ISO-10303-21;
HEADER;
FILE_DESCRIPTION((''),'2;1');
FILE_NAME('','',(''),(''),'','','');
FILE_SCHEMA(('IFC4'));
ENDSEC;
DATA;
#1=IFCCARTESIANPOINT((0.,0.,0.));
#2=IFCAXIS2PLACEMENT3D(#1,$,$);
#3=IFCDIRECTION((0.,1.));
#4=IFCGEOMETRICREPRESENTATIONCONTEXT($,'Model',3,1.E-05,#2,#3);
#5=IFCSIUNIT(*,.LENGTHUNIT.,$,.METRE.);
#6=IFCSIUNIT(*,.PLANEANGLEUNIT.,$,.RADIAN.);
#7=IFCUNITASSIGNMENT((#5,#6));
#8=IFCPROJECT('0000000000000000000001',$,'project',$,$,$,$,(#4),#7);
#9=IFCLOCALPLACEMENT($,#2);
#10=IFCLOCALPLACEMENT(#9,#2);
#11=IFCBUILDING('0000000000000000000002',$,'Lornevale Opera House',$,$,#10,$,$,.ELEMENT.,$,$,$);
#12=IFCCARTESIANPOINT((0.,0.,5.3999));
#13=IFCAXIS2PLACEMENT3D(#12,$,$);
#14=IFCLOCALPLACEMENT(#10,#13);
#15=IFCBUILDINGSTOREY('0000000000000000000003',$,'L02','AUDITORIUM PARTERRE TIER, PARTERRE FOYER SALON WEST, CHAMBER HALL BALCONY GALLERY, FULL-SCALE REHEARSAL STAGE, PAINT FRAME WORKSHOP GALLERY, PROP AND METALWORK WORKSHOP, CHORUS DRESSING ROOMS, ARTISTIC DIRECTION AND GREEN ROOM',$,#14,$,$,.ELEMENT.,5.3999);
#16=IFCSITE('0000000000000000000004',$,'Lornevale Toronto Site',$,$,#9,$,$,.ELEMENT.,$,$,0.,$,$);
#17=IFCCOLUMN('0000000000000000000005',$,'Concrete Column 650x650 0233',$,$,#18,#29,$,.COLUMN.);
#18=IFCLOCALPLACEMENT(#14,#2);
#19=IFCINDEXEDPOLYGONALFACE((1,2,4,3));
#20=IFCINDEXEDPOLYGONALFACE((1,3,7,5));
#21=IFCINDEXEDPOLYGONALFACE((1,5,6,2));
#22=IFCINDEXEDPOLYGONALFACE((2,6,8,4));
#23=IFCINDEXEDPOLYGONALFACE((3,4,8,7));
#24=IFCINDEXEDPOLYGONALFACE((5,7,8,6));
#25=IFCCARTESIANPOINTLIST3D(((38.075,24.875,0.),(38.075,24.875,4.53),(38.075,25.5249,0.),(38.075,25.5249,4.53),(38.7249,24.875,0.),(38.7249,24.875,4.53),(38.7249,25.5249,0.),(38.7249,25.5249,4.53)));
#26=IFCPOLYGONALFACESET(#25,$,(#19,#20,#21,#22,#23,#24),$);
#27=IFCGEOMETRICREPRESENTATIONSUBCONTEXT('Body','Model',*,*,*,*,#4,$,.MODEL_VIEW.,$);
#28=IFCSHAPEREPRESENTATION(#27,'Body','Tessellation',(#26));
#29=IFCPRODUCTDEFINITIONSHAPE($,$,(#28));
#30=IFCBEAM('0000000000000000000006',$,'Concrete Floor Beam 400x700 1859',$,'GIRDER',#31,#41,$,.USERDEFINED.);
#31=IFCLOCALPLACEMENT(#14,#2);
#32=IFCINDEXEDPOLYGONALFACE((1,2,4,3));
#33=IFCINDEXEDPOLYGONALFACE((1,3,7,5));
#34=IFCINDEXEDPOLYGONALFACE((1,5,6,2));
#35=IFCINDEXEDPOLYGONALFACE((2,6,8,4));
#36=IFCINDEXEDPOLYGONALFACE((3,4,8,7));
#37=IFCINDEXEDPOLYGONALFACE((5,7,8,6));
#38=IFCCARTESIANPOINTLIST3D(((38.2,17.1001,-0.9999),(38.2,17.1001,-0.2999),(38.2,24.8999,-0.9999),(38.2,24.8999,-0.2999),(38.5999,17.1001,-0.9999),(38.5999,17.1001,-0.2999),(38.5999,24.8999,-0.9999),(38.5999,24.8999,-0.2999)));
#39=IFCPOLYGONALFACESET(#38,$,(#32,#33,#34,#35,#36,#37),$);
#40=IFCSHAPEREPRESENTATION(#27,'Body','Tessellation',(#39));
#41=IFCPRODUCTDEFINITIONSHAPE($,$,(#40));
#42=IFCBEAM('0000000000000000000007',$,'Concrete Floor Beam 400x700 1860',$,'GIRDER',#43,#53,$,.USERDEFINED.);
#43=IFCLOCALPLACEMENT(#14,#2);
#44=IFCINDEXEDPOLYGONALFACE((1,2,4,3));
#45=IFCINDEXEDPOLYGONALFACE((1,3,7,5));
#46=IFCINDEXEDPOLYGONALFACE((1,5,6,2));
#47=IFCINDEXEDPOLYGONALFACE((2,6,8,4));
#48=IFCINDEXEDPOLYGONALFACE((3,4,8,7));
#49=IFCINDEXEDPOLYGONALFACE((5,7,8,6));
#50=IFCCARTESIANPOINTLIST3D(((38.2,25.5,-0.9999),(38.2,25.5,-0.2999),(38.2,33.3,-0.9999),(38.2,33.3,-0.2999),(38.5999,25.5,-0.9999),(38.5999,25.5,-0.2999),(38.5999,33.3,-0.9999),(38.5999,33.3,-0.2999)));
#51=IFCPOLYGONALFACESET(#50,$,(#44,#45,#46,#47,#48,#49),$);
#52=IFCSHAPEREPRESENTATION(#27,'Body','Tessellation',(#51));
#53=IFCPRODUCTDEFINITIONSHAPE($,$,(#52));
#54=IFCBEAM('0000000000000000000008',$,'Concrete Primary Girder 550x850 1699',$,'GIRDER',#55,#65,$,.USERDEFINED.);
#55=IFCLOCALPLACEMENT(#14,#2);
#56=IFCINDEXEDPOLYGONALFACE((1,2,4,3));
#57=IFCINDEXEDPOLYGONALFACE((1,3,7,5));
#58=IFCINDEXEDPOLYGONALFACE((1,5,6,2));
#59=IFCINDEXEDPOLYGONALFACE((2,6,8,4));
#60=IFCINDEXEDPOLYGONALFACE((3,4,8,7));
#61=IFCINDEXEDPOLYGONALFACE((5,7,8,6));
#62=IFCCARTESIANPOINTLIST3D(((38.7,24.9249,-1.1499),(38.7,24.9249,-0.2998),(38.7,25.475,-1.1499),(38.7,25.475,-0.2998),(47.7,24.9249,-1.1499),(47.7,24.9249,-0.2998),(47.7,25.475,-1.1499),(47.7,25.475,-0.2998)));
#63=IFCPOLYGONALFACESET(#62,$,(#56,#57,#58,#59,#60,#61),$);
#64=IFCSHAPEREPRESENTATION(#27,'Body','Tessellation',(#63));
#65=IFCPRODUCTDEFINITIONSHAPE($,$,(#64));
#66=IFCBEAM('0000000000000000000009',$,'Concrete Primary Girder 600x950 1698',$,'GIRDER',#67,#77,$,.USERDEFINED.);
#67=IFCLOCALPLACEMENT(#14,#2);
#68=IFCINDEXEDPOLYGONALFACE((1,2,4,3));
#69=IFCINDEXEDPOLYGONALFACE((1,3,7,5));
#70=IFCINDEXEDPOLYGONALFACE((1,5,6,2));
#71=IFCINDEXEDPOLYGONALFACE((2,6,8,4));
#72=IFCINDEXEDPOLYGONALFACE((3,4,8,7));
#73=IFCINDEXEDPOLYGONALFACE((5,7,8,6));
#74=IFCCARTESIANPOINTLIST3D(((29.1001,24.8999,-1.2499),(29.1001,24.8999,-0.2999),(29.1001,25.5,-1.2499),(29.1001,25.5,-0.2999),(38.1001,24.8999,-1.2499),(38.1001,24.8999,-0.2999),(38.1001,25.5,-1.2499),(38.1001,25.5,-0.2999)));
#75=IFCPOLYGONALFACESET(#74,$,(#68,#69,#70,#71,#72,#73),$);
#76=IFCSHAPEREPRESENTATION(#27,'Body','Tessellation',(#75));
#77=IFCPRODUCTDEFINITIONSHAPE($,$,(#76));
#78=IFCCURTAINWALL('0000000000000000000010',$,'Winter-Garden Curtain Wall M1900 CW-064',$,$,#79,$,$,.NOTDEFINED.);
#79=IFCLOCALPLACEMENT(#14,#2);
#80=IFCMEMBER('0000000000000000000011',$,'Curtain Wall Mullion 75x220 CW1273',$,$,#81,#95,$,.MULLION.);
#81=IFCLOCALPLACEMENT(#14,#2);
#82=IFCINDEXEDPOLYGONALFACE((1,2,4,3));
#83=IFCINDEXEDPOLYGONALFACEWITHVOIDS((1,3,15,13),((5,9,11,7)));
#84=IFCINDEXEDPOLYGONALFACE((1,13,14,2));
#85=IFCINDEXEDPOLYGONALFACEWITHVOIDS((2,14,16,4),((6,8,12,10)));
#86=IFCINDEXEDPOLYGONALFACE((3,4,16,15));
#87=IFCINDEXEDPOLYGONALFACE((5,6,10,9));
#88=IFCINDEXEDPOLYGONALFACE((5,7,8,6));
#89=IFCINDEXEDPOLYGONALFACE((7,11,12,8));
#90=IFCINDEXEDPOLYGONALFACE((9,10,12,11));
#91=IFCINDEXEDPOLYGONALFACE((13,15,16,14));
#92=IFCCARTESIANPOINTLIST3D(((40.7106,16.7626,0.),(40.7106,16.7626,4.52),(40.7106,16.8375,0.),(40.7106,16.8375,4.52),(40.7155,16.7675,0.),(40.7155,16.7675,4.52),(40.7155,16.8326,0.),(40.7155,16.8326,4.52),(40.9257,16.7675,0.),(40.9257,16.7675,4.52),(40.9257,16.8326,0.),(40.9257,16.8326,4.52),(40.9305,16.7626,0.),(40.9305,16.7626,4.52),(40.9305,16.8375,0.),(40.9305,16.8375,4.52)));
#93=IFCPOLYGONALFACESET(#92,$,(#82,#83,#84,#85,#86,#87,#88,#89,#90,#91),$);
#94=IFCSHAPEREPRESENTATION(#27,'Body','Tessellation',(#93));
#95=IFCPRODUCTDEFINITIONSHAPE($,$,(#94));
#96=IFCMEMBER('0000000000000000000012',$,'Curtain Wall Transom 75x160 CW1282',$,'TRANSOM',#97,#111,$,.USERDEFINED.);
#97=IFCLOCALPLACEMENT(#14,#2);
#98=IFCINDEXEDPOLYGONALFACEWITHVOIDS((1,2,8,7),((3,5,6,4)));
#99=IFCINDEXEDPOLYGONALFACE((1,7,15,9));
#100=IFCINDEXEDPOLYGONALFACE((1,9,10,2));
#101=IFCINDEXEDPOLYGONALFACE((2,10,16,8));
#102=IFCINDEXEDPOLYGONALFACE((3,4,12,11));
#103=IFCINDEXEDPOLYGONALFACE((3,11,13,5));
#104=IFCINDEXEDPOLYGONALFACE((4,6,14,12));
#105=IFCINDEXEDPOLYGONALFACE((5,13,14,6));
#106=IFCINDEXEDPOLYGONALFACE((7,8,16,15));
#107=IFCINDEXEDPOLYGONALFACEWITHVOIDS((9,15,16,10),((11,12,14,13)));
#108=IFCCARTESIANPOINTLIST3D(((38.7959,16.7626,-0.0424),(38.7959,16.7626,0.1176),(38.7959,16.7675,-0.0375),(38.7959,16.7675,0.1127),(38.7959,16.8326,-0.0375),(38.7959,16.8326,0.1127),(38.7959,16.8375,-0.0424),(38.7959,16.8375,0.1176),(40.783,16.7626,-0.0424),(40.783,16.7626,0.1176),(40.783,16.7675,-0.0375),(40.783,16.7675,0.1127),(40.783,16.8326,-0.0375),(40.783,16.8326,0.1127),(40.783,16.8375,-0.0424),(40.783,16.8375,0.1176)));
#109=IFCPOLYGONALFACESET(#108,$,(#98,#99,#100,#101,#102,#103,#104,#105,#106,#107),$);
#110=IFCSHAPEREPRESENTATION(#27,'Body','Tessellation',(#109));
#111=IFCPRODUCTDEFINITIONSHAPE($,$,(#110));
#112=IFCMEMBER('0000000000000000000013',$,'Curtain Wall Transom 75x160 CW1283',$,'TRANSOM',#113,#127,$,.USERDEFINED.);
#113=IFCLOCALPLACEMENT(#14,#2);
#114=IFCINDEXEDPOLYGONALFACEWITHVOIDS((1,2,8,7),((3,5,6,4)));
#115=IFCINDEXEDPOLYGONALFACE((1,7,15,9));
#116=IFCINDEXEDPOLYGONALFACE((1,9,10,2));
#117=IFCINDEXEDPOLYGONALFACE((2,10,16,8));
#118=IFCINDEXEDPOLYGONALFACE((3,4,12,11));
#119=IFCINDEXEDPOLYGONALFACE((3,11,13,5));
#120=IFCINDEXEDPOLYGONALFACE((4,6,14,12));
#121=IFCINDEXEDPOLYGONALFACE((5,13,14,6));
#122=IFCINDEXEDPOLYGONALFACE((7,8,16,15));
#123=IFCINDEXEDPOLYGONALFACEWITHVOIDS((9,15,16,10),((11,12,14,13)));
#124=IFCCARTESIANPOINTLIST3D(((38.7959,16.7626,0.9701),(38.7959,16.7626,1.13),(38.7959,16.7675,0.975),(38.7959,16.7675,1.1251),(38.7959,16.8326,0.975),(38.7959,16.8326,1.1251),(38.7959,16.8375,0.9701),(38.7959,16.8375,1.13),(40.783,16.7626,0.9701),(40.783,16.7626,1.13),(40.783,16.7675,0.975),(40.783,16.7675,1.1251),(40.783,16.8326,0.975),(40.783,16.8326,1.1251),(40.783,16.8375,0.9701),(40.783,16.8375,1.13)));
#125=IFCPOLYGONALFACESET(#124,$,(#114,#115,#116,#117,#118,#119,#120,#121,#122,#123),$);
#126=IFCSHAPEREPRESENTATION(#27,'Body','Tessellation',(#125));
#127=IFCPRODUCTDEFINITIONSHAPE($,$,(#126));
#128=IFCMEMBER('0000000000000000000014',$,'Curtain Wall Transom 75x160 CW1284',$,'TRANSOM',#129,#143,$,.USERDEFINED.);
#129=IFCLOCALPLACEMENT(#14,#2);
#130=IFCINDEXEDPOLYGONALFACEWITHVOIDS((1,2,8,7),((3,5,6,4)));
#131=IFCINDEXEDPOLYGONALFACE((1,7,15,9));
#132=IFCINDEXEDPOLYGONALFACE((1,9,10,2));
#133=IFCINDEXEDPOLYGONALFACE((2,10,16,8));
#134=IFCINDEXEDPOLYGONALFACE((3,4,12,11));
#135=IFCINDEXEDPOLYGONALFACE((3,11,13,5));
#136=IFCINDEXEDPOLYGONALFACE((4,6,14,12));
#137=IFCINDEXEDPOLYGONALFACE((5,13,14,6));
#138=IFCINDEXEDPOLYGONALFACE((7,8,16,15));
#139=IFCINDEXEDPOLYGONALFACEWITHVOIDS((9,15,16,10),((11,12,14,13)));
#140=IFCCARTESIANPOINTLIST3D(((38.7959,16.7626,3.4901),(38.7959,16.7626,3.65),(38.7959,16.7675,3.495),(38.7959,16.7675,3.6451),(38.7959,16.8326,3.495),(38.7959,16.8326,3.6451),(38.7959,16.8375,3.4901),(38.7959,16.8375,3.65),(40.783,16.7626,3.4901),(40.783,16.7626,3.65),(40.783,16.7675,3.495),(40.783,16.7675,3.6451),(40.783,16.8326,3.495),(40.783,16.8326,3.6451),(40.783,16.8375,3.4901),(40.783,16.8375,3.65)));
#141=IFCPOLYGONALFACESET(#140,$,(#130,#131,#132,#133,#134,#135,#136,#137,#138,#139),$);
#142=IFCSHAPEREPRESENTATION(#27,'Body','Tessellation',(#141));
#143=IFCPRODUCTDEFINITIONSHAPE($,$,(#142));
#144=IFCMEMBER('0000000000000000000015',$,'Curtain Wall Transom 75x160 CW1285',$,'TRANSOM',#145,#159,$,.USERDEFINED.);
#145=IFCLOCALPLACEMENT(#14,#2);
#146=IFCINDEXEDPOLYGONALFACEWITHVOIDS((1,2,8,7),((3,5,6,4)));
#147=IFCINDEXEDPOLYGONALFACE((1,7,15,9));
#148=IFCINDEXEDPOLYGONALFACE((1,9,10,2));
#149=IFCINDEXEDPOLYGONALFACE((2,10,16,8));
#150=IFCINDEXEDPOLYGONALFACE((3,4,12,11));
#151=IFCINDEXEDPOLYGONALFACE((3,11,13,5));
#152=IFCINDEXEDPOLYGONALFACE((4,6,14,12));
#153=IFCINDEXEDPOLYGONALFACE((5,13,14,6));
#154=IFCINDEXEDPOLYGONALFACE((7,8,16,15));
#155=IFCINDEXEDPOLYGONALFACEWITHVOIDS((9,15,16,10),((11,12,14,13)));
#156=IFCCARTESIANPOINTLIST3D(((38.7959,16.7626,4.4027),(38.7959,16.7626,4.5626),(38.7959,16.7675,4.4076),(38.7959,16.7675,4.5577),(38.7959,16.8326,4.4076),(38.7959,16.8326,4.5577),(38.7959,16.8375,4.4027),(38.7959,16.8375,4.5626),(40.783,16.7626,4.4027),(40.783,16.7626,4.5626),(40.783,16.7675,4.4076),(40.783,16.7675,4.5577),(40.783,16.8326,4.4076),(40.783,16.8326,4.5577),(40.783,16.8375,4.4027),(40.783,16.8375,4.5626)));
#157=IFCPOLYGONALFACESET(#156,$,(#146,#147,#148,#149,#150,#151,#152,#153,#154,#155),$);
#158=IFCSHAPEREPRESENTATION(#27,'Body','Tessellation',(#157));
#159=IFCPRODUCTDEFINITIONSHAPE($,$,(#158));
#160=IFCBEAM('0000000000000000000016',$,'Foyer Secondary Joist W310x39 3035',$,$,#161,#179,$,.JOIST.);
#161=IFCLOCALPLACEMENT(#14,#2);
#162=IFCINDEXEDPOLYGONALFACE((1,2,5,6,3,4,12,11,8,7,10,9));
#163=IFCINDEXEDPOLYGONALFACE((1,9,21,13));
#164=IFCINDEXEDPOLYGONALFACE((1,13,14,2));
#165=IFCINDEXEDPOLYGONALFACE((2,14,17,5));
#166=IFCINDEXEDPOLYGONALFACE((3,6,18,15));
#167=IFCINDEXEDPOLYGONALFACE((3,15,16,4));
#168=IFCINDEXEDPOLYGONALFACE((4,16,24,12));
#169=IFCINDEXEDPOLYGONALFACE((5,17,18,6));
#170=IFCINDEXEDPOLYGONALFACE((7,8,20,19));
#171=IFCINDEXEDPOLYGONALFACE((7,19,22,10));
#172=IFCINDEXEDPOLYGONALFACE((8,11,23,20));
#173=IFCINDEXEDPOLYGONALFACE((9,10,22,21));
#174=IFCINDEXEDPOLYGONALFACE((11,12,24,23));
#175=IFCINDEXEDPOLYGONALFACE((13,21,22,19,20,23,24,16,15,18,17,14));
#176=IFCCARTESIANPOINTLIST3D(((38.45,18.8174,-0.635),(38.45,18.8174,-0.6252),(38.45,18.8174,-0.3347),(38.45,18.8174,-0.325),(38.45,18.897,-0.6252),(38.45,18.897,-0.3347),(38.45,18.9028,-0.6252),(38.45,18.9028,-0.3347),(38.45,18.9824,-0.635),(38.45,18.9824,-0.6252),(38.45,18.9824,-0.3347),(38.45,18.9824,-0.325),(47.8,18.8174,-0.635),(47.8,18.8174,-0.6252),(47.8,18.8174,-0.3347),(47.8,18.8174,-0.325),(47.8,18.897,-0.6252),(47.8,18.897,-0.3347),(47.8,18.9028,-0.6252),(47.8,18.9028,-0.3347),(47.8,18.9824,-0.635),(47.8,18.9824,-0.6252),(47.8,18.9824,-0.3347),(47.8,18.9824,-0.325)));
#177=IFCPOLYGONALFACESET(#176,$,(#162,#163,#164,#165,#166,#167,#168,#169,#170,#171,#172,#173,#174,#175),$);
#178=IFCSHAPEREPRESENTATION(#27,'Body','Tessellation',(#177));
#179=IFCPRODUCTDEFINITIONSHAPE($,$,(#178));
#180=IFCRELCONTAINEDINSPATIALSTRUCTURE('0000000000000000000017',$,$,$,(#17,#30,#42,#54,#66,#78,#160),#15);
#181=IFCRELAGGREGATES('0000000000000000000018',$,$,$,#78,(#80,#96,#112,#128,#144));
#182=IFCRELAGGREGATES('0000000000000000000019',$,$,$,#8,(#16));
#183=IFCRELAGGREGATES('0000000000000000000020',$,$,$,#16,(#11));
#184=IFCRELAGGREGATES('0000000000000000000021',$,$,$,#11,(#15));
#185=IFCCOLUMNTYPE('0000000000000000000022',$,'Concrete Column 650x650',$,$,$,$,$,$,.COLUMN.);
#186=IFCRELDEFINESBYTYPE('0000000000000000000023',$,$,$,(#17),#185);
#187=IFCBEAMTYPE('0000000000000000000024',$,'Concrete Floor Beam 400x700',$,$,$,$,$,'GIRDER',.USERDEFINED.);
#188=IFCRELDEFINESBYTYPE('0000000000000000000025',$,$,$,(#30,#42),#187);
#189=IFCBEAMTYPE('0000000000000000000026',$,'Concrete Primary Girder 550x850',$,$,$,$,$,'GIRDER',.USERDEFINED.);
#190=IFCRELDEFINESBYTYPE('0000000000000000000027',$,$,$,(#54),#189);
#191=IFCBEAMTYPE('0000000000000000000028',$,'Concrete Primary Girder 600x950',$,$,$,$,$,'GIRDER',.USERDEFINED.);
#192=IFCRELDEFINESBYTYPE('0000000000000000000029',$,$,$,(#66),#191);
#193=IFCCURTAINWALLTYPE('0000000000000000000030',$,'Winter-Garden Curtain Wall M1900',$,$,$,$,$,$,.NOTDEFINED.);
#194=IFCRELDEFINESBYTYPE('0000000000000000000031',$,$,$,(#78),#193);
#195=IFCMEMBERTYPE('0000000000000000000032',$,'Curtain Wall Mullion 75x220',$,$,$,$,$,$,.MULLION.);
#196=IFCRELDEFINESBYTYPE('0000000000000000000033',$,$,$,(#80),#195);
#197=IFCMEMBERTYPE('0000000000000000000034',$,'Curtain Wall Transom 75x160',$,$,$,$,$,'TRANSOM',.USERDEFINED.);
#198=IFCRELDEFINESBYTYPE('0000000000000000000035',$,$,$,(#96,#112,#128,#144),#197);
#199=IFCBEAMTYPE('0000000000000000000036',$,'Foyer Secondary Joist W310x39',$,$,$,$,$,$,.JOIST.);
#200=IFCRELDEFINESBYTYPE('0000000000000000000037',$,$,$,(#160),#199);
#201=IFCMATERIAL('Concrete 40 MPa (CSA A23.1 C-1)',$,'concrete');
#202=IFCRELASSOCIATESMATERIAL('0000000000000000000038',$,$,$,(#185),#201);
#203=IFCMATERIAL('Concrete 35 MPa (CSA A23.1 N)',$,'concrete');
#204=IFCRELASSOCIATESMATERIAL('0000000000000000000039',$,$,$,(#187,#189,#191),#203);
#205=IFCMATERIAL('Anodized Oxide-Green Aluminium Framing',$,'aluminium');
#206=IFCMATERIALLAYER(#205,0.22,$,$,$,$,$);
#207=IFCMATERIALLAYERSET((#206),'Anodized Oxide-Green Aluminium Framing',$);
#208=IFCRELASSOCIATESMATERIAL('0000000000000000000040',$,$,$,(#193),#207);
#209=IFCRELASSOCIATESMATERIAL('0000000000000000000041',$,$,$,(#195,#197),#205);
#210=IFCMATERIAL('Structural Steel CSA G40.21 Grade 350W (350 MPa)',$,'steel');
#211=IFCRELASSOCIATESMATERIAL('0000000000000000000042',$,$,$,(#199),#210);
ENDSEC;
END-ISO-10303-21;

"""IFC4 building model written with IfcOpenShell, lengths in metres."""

from ifc_helpers import new_model, si_unit, direction, frame, origin, origin_2d, place, context, subcontext, project, spatial, rectangle, hollow_rectangle, i_section, extrude, material, layer, layer_set, material_profile, profile_set, type_object, element, aggregate, save


model = new_model("IFC4")

# Units and contexts
model_context = context("Model", 3, precision=1e-05, world=origin(), true_north=direction((0.0, 1.0)))
body_context = subcontext(model_context, "Body", "Model", "MODEL_VIEW")
ifc_project = project(units=[si_unit("LENGTHUNIT", "METRE"), si_unit("PLANEANGLEUNIT", "RADIAN")], contexts=[model_context])

# Site, building, storey
site_placement = place(None, origin())
site = spatial("IfcSite", under=ifc_project, at=site_placement, Name="Lornevale Toronto Site", CompositionType="ELEMENT", RefElevation=0.0)
building_placement = place(site_placement, origin())
building = spatial("IfcBuilding", under=site, at=building_placement, Name="Lornevale Opera House", CompositionType="ELEMENT")
storey_placement = place(building_placement, frame((0.0, 0.0, 5.3999)))
storey = spatial("IfcBuildingStorey", under=building, at=storey_placement, Name="L02", Description="AUDITORIUM PARTERRE TIER, PARTERRE FOYER SALON WEST, CHAMBER HALL BALCONY GALLERY, FULL-SCALE REHEARSAL STAGE, PAINT FRAME WORKSHOP GALLERY, PROP AND METALWORK WORKSHOP, CHORUS DRESSING ROOMS, ARTISTIC DIRECTION AND GREEN ROOM", CompositionType="ELEMENT", Elevation=5.3999)

# Column
ifc_material_1 = material(Name="Concrete 40 MPa (CSA A23.1 C-1)", Category="concrete")
ifc_material_profile_1 = material_profile(ifc_material_1, rectangle(XDim=0.6499, YDim=0.6499, at=origin_2d()), Name="RC650x650")
ifc_profile_set_1 = profile_set([ifc_material_profile_1], Name="Concrete 40 MPa (CSA A23.1 C-1)")
column_type = type_object("IfcColumnType", Name="Concrete Column 650x650", PredefinedType="COLUMN", material=ifc_profile_set_1)
column_placement = place(storey_placement, frame((38.3999, 25.2, 0.0), z_axis=(0.0, 0.0, 1.0), x_axis=(1.0, 0.0, 0.0)))
element("IfcColumn", 1, at=column_placement, inside=storey, type_object=column_type, Name="Concrete Column 650x650 0233", PredefinedType="COLUMN", context=body_context, shape_type="SweptSolid", body=[
    extrude(rectangle(XDim=0.6499, YDim=0.6499, at=origin_2d()), origin(), (0.0, 0.0, 1.0), 4.53),
])

# Beams
ifc_material_2 = material(Name="Concrete 35 MPa (CSA A23.1 N)", Category="concrete")
ifc_material_profile_2 = material_profile(ifc_material_2, rectangle(XDim=0.3999, YDim=0.7, at=origin_2d()), Name="RC400x700")
ifc_profile_set_2 = profile_set([ifc_material_profile_2], Name="Concrete 35 MPa (CSA A23.1 N)")
beam_type_1 = type_object("IfcBeamType", Name="Concrete Floor Beam 400x700", ElementType="GIRDER", PredefinedType="USERDEFINED", material=ifc_profile_set_2)
beam_1_placement = place(storey_placement, frame((38.3999, 17.1001, -0.6499), z_axis=(0.0, 1.0, 0.0), x_axis=(-1.0, 0.0, 0.0)))
element("IfcBeam", 2, at=beam_1_placement, inside=storey, type_object=beam_type_1, Name="Concrete Floor Beam 400x700 1859", ObjectType="GIRDER", PredefinedType="USERDEFINED", context=body_context, shape_type="SweptSolid", body=[
    extrude(rectangle(XDim=0.3999, YDim=0.7, at=origin_2d()), origin(), (0.0, 0.0, 1.0), 7.7998),
])
beam_2_placement = place(storey_placement, frame((38.3999, 25.5, -0.6499), z_axis=(0.0, 1.0, 0.0), x_axis=(-1.0, 0.0, 0.0)))
element("IfcBeam", 3, at=beam_2_placement, inside=storey, type_object=beam_type_1, Name="Concrete Floor Beam 400x700 1860", ObjectType="GIRDER", PredefinedType="USERDEFINED", context=body_context, shape_type="SweptSolid", body=[
    extrude(rectangle(XDim=0.3999, YDim=0.7, at=origin_2d()), origin(), (0.0, 0.0, 1.0), 7.8),
])
ifc_material_profile_3 = material_profile(ifc_material_2, rectangle(XDim=0.55, YDim=0.8501, at=origin_2d()), Name="RC550x850")
ifc_profile_set_3 = profile_set([ifc_material_profile_3], Name="Concrete 35 MPa (CSA A23.1 N)")
beam_type_2 = type_object("IfcBeamType", Name="Concrete Primary Girder 550x850", ElementType="GIRDER", PredefinedType="USERDEFINED", material=ifc_profile_set_3)
beam_3_placement = place(storey_placement, frame((38.7, 25.2, -0.7249), z_axis=(1.0, 0.0, 0.0), x_axis=(0.0, 1.0, 0.0)))
element("IfcBeam", 4, at=beam_3_placement, inside=storey, type_object=beam_type_2, Name="Concrete Primary Girder 550x850 1699", ObjectType="GIRDER", PredefinedType="USERDEFINED", context=body_context, shape_type="SweptSolid", body=[
    extrude(rectangle(XDim=0.55, YDim=0.8501, at=origin_2d()), origin(), (0.0, 0.0, 1.0), 9.0),
])
ifc_material_profile_4 = material_profile(ifc_material_2, rectangle(XDim=0.6001, YDim=0.95, at=origin_2d()), Name="RC600x950")
ifc_profile_set_4 = profile_set([ifc_material_profile_4], Name="Concrete 35 MPa (CSA A23.1 N)")
beam_type_3 = type_object("IfcBeamType", Name="Concrete Primary Girder 600x950", ElementType="GIRDER", PredefinedType="USERDEFINED", material=ifc_profile_set_4)
beam_4_placement = place(storey_placement, frame((29.1001, 25.2, -0.7749), z_axis=(1.0, 0.0, 0.0), x_axis=(0.0, 1.0, 0.0)))
element("IfcBeam", 5, at=beam_4_placement, inside=storey, type_object=beam_type_3, Name="Concrete Primary Girder 600x950 1698", ObjectType="GIRDER", PredefinedType="USERDEFINED", context=body_context, shape_type="SweptSolid", body=[
    extrude(rectangle(XDim=0.6001, YDim=0.95, at=origin_2d()), origin(), (0.0, 0.0, 1.0), 9.0),
])

# Curtain wall, members
ifc_material_3 = material(Name="Anodized Oxide-Green Aluminium Framing", Category="aluminium")
ifc_layer_1 = layer(ifc_material_3, 0.22)
ifc_layer_set_1 = layer_set([ifc_layer_1], Name="Anodized Oxide-Green Aluminium Framing")
curtain_wall_type = type_object("IfcCurtainWallType", Name="Winter-Garden Curtain Wall M1900", PredefinedType="NOTDEFINED", material=ifc_layer_set_1)
curtain_wall_placement = place(storey_placement, origin())
curtain_wall = element("IfcCurtainWall", 6, at=curtain_wall_placement, inside=storey, type_object=curtain_wall_type, Name="Winter-Garden Curtain Wall M1900 CW-064", PredefinedType="NOTDEFINED")
ifc_material_profile_5 = material_profile(ifc_material_3, hollow_rectangle(XDim=0.075, YDim=0.22, WallThickness=0.0049, at=origin_2d()), Name="ALU75x220x5")
ifc_profile_set_5 = profile_set([ifc_material_profile_5], Name="Anodized Oxide-Green Aluminium Framing")
member_type_1 = type_object("IfcMemberType", Name="Curtain Wall Mullion 75x220", PredefinedType="MULLION", material=ifc_profile_set_5)
member_1_placement = place(storey_placement, frame((40.8206, 16.8, 0.0), z_axis=(0.0, 0.0, 1.0), x_axis=(0.0, -1.0, 0.0)))
member_1 = element("IfcMember", 7, at=member_1_placement, type_object=member_type_1, Name="Curtain Wall Mullion 75x220 CW1273", PredefinedType="MULLION", context=body_context, shape_type="SweptSolid", body=[
    extrude(hollow_rectangle(XDim=0.075, YDim=0.22, WallThickness=0.0049, at=origin_2d()), origin(), (0.0, 0.0, 1.0), 4.52),
])
ifc_material_profile_6 = material_profile(ifc_material_3, hollow_rectangle(XDim=0.075, YDim=0.1599, WallThickness=0.0049, at=origin_2d()), Name="ALU75x160x5")
ifc_profile_set_6 = profile_set([ifc_material_profile_6], Name="Anodized Oxide-Green Aluminium Framing")
member_type_2 = type_object("IfcMemberType", Name="Curtain Wall Transom 75x160", ElementType="TRANSOM", PredefinedType="USERDEFINED", material=ifc_profile_set_6)
member_2_placement = place(storey_placement, frame((40.783, 16.8, 0.0376), z_axis=(-1.0, 0.0, 0.0), x_axis=(0.0, -1.0, 0.0)))
member_2 = element("IfcMember", 8, at=member_2_placement, type_object=member_type_2, Name="Curtain Wall Transom 75x160 CW1282", ObjectType="TRANSOM", PredefinedType="USERDEFINED", context=body_context, shape_type="SweptSolid", body=[
    extrude(hollow_rectangle(XDim=0.075, YDim=0.1599, WallThickness=0.0049, at=origin_2d()), origin(), (0.0, 0.0, 1.0), 1.9871),
])
member_3_placement = place(storey_placement, frame((40.783, 16.8, 1.05), z_axis=(-1.0, 0.0, 0.0), x_axis=(0.0, -1.0, 0.0)))
member_3 = element("IfcMember", 9, at=member_3_placement, type_object=member_type_2, Name="Curtain Wall Transom 75x160 CW1283", ObjectType="TRANSOM", PredefinedType="USERDEFINED", context=body_context, shape_type="SweptSolid", body=[
    extrude(hollow_rectangle(XDim=0.075, YDim=0.1599, WallThickness=0.0049, at=origin_2d()), origin(), (0.0, 0.0, 1.0), 1.9871),
])
member_4_placement = place(storey_placement, frame((40.783, 16.8, 3.5701), z_axis=(-1.0, 0.0, 0.0), x_axis=(0.0, -1.0, 0.0)))
member_4 = element("IfcMember", 10, at=member_4_placement, type_object=member_type_2, Name="Curtain Wall Transom 75x160 CW1284", ObjectType="TRANSOM", PredefinedType="USERDEFINED", context=body_context, shape_type="SweptSolid", body=[
    extrude(hollow_rectangle(XDim=0.075, YDim=0.1599, WallThickness=0.0049, at=origin_2d()), origin(), (0.0, 0.0, 1.0), 1.9871),
])
member_5_placement = place(storey_placement, frame((40.783, 16.8, 4.4827), z_axis=(-1.0, 0.0, 0.0), x_axis=(0.0, -1.0, 0.0)))
member_5 = element("IfcMember", 11, at=member_5_placement, type_object=member_type_2, Name="Curtain Wall Transom 75x160 CW1285", ObjectType="TRANSOM", PredefinedType="USERDEFINED", context=body_context, shape_type="SweptSolid", body=[
    extrude(hollow_rectangle(XDim=0.075, YDim=0.1599, WallThickness=0.0049, at=origin_2d()), origin(), (0.0, 0.0, 1.0), 1.9871),
])

# Beam
ifc_material_4 = material(Name="Structural Steel CSA G40.21 Grade 350W (350 MPa)", Category="steel")
ifc_material_profile_7 = material_profile(ifc_material_4, i_section(OverallWidth=0.165, OverallDepth=0.3101, WebThickness=0.0059, FlangeThickness=0.0098, at=origin_2d()), Name="W310x39")
ifc_profile_set_7 = profile_set([ifc_material_profile_7], Name="Structural Steel CSA G40.21 Grade 350W (350 MPa)")
beam_type_4 = type_object("IfcBeamType", Name="Foyer Secondary Joist W310x39", PredefinedType="JOIST", material=ifc_profile_set_7)
beam_5_placement = place(storey_placement, frame((38.45, 18.8999, -0.48), z_axis=(1.0, 0.0, 0.0), x_axis=(0.0, 1.0, 0.0)))
element("IfcBeam", 12, at=beam_5_placement, inside=storey, type_object=beam_type_4, Name="Foyer Secondary Joist W310x39 3035", PredefinedType="JOIST", context=body_context, shape_type="SweptSolid", body=[
    extrude(i_section(OverallWidth=0.165, OverallDepth=0.3101, WebThickness=0.0059, FlangeThickness=0.0098, at=origin_2d()), origin(), (0.0, 0.0, 1.0), 9.3501),
])

aggregate(curtain_wall, [member_1, member_2, member_3, member_4, member_5])

save(model, "model.ifc")
